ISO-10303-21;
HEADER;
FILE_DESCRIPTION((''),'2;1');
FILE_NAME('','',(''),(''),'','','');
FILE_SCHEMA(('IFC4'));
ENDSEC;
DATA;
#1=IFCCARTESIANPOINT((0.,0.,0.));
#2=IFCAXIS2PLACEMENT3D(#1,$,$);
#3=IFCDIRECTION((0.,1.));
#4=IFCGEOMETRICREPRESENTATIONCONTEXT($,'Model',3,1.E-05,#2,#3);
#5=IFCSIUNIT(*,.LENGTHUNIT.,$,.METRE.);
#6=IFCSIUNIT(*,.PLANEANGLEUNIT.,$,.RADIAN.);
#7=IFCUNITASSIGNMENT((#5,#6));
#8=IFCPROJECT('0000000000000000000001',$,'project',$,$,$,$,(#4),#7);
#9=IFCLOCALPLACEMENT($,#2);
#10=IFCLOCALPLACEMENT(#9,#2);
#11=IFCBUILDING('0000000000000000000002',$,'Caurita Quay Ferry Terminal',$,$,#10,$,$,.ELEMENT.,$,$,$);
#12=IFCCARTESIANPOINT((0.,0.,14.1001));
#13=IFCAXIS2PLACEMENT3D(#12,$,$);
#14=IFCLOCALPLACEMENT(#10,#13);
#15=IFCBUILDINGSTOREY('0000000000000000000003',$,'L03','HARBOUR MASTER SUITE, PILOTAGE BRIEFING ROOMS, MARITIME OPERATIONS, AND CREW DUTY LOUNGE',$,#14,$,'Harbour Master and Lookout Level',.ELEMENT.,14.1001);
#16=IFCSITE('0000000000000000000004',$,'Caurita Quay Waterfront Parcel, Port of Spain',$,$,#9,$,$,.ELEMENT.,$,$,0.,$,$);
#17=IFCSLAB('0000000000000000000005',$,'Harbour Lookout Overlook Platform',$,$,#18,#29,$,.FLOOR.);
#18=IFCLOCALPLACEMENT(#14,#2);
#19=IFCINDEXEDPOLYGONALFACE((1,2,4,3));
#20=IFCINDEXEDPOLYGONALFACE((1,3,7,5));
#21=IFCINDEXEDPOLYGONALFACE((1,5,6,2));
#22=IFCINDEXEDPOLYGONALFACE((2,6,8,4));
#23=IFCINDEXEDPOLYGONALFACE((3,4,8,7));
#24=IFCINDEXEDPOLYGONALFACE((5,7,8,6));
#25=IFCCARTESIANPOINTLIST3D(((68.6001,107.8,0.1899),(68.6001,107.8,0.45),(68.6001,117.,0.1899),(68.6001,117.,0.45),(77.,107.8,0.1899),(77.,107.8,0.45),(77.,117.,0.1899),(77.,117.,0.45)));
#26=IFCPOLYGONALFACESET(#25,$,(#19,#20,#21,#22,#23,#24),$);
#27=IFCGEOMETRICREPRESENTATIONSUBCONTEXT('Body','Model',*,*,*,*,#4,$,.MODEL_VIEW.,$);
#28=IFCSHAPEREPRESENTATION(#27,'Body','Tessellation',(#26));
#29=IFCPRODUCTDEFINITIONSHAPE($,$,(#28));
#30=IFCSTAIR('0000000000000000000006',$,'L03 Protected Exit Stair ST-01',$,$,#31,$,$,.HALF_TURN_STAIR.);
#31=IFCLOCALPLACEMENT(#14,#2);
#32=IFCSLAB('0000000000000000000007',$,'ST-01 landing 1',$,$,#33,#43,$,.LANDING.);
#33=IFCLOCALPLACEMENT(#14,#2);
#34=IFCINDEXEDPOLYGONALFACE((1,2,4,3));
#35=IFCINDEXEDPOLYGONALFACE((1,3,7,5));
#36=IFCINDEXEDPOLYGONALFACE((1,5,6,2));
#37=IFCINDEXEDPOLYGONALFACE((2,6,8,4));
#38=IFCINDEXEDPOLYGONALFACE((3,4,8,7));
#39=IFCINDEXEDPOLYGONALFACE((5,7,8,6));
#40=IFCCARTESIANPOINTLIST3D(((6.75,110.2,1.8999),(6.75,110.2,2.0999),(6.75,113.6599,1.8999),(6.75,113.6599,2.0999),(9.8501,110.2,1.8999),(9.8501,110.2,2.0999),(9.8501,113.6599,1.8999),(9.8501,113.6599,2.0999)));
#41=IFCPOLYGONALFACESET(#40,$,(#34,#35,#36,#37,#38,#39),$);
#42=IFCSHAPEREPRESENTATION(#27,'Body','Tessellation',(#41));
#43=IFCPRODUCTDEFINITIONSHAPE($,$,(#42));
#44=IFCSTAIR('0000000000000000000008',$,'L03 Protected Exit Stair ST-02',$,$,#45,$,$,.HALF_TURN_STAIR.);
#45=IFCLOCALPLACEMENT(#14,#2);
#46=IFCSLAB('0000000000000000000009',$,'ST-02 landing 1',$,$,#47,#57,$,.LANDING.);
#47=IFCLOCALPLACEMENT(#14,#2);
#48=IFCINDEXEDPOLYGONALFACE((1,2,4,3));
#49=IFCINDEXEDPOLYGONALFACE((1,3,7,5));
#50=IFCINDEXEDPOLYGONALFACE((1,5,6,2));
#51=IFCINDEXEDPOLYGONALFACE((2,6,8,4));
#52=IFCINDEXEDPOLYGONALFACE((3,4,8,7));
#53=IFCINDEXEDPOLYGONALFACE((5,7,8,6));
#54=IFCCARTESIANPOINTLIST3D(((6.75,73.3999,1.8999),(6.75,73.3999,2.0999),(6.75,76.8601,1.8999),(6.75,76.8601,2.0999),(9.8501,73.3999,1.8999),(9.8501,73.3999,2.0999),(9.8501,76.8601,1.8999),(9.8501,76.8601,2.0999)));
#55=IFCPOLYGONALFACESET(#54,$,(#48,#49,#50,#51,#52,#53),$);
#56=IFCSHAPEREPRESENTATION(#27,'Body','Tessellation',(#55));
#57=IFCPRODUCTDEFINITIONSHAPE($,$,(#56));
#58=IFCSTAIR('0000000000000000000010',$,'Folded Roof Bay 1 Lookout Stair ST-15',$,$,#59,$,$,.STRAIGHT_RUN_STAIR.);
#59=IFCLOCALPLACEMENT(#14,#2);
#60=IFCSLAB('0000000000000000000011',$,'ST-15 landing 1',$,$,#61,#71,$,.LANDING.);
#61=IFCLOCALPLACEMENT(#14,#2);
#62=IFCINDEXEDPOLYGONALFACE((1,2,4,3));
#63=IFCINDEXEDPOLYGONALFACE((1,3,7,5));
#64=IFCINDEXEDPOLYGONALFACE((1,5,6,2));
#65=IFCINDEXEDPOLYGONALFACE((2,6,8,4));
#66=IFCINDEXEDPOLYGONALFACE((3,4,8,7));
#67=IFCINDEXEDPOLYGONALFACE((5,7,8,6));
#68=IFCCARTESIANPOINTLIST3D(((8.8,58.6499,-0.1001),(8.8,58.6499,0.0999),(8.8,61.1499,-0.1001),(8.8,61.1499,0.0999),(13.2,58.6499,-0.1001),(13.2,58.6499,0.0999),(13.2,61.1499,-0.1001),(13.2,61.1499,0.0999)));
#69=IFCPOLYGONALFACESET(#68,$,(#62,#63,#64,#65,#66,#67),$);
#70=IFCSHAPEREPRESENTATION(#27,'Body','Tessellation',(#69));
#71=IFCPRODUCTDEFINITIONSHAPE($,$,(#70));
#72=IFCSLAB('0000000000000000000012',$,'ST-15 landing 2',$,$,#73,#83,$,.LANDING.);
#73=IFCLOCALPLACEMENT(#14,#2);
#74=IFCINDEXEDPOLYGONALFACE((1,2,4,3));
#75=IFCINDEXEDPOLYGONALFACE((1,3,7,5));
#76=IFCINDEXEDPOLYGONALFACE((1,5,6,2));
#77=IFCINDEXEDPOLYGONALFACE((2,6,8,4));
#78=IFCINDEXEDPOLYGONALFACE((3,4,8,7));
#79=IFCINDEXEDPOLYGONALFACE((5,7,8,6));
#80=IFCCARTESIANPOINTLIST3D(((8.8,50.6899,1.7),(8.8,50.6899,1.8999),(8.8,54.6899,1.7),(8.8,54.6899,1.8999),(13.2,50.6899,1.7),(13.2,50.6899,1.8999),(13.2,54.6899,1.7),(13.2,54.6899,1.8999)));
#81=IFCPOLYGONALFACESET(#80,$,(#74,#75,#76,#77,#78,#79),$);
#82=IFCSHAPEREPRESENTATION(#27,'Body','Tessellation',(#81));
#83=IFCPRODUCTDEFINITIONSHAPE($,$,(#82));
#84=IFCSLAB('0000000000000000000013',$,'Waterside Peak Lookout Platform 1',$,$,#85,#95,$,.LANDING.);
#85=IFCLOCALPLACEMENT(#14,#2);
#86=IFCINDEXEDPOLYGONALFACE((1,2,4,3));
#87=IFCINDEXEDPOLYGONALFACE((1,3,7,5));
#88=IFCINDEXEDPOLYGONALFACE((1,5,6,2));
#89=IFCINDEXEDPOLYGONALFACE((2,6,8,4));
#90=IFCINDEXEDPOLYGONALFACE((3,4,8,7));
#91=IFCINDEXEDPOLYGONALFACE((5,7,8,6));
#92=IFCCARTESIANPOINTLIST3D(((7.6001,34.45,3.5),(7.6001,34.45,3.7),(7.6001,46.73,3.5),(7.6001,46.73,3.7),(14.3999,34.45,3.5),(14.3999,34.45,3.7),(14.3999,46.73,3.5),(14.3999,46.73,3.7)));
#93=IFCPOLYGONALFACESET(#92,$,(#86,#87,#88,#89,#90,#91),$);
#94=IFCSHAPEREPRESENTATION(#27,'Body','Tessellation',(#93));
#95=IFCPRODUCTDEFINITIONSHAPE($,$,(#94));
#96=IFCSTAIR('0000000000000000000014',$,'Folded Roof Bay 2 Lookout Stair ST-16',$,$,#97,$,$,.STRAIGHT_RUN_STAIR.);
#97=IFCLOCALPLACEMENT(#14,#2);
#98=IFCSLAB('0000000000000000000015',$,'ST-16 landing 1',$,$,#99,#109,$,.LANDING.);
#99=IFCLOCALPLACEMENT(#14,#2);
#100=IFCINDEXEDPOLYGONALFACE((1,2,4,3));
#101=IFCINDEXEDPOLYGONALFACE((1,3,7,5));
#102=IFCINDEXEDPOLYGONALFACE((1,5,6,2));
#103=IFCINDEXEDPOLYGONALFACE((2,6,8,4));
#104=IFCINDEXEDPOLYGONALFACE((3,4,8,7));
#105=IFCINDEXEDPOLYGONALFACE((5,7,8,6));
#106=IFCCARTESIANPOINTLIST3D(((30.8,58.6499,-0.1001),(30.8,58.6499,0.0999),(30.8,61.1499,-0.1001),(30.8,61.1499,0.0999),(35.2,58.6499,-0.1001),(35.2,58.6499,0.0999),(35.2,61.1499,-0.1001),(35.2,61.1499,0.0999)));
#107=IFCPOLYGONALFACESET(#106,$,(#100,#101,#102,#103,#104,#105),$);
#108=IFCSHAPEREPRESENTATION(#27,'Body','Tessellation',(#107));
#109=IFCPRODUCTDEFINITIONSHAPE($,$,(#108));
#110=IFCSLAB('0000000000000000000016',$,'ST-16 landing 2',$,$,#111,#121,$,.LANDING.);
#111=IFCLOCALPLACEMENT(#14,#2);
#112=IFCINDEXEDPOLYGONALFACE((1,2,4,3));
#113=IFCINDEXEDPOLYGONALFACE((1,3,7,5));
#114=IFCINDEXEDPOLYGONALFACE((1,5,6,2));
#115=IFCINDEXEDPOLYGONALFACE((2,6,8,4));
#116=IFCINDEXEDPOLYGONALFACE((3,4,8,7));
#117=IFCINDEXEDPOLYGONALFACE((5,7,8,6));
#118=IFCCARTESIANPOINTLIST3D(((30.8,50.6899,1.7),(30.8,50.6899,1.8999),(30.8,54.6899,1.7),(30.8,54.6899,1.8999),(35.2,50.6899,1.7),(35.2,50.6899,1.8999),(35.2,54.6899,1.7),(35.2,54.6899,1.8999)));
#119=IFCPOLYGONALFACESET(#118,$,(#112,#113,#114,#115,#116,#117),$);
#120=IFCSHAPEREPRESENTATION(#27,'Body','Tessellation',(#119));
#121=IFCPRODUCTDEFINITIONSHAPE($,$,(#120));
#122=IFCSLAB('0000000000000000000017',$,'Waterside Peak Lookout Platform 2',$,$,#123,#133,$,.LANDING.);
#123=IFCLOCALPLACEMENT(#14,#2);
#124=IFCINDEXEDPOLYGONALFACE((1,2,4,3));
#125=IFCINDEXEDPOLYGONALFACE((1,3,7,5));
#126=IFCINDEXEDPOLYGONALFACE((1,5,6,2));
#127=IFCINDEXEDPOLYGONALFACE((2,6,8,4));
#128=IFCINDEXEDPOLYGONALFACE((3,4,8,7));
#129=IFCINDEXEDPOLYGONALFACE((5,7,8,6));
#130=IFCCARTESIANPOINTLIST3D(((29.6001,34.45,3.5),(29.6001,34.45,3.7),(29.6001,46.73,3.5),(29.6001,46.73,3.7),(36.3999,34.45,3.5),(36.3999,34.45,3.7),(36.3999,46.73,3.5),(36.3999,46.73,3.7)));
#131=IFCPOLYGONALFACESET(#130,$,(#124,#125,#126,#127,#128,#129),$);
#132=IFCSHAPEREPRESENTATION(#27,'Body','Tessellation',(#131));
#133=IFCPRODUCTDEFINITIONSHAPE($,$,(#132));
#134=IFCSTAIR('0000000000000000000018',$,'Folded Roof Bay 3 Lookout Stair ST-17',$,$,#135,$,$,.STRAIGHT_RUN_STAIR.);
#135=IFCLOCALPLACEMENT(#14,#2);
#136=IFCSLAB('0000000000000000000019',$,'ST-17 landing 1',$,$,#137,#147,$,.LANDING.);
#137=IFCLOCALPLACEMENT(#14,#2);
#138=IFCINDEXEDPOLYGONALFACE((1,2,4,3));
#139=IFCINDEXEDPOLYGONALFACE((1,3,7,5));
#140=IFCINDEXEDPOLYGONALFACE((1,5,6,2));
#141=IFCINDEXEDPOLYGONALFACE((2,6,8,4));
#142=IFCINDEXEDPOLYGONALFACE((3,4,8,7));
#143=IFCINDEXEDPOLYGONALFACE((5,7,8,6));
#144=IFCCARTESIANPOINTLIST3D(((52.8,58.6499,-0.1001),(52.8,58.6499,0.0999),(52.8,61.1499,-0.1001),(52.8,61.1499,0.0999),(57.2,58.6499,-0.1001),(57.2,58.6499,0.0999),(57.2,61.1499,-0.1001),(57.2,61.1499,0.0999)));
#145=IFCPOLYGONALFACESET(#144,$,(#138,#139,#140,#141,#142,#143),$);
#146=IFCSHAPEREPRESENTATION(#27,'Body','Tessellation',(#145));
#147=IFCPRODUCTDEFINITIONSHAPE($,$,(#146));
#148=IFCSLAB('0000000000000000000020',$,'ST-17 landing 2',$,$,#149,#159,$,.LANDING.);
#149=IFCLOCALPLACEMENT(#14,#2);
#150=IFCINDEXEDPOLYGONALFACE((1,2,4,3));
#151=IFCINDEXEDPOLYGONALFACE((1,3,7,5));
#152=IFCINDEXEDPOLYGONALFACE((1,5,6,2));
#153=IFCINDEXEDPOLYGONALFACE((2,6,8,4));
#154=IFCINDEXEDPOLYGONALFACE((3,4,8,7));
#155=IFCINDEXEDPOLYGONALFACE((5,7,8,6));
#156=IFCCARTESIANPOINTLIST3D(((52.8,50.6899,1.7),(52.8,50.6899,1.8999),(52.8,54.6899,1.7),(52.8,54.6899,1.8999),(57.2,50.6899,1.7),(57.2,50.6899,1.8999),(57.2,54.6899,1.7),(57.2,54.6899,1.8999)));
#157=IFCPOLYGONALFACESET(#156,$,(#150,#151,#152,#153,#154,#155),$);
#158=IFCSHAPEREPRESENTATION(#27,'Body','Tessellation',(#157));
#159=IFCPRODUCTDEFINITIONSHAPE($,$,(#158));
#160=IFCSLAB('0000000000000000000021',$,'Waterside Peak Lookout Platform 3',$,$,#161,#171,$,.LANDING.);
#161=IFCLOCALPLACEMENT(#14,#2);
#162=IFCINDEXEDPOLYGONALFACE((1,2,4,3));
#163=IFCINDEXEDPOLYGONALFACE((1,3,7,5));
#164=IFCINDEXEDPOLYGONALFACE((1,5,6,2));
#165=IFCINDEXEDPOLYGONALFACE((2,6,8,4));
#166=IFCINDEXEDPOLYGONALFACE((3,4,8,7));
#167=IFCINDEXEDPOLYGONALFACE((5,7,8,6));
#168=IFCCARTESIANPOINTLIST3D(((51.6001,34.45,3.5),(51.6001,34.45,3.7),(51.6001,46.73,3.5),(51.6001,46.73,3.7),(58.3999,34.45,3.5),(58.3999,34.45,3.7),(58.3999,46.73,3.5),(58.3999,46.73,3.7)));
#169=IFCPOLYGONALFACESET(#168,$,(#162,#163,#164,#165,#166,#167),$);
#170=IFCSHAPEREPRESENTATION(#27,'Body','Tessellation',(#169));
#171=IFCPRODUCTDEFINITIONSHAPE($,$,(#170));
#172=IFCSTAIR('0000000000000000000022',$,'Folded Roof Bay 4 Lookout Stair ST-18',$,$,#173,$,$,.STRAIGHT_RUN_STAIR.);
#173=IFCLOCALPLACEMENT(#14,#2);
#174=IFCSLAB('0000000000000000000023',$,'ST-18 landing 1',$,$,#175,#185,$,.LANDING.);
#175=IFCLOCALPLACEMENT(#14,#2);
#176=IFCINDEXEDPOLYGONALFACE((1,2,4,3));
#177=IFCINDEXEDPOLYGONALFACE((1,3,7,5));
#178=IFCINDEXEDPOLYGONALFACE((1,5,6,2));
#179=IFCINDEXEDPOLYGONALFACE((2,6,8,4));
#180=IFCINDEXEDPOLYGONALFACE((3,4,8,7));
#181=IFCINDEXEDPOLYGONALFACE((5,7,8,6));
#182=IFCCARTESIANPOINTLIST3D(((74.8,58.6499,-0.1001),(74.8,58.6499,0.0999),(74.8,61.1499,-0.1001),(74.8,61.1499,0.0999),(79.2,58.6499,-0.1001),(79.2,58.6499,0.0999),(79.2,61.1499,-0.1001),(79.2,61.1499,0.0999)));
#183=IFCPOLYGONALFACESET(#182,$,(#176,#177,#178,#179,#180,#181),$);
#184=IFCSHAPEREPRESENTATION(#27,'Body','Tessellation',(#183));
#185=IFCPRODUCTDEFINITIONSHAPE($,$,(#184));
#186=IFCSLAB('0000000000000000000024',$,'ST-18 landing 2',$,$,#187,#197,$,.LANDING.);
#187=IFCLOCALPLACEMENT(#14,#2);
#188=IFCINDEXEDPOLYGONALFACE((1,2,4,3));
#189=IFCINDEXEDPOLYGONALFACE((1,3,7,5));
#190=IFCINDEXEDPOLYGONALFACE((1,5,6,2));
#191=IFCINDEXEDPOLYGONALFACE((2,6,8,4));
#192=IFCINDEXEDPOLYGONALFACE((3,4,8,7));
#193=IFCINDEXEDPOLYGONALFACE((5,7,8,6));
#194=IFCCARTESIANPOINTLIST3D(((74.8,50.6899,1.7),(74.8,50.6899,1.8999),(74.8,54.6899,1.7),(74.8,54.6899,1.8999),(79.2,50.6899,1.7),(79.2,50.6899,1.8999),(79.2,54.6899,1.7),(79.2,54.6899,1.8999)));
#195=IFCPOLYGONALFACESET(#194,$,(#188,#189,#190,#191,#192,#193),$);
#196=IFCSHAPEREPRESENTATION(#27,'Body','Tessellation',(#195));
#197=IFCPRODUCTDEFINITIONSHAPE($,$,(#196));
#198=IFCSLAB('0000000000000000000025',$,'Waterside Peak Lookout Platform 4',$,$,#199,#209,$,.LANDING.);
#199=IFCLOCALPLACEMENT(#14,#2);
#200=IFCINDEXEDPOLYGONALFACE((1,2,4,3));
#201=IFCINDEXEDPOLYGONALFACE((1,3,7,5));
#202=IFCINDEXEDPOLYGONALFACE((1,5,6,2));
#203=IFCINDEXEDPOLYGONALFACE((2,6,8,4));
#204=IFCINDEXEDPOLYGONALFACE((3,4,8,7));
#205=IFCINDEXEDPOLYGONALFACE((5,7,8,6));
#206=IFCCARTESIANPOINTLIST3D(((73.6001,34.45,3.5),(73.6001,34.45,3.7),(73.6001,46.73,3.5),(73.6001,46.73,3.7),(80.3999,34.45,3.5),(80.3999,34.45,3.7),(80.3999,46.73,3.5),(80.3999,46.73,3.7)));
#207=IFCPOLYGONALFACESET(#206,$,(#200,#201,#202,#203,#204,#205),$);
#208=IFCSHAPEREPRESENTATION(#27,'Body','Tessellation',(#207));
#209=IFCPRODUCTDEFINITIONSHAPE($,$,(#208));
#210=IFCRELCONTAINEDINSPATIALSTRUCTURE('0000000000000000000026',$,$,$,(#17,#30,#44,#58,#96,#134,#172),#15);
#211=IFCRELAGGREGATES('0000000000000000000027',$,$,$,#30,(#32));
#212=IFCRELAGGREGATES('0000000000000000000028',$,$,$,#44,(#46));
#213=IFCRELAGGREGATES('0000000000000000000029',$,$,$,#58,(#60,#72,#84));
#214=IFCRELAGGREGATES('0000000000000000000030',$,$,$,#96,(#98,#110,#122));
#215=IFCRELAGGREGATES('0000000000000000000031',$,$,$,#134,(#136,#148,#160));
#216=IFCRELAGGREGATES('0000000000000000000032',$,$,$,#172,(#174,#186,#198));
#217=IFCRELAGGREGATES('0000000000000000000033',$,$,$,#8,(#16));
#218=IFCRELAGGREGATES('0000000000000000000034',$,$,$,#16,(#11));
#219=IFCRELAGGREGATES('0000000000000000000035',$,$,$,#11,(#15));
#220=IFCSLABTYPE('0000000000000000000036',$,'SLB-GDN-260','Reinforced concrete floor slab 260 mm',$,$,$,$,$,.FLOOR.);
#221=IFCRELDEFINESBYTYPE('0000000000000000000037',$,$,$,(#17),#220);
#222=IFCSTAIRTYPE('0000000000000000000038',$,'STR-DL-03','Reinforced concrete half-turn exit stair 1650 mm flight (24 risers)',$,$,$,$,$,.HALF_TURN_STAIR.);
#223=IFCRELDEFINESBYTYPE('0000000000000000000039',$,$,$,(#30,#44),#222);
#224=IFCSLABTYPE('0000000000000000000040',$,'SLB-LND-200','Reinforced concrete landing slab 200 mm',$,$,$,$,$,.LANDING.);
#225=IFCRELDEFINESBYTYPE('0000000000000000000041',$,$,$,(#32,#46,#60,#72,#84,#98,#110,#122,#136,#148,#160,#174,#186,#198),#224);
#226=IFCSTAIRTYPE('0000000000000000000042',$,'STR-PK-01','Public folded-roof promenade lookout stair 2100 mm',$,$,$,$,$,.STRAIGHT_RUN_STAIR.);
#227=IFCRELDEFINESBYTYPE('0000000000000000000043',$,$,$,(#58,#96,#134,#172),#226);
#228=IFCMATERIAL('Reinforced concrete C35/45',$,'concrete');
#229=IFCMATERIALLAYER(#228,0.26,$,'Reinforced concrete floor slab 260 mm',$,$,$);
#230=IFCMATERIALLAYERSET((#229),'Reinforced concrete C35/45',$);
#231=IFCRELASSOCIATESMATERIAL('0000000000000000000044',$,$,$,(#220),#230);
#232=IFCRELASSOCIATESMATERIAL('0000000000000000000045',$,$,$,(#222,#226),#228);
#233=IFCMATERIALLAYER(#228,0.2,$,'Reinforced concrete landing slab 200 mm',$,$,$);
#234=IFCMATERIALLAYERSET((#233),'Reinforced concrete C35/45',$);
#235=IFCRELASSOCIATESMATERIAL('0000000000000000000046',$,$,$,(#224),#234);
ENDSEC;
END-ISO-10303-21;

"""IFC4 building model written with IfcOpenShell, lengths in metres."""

from ifc_helpers import new_model, si_unit, direction, frame, origin, place, context, subcontext, project, spatial, polyline, outline, extrude, material, layer, layer_set, type_object, element, aggregate, save


model = new_model("IFC4")

# Units and contexts
model_context = context("Model", 3, precision=1e-05, world=origin(), true_north=direction((0.0, 1.0)))
body_context = subcontext(model_context, "Body", "Model", "MODEL_VIEW")
ifc_project = project(units=[si_unit("LENGTHUNIT", "METRE"), si_unit("PLANEANGLEUNIT", "RADIAN")], contexts=[model_context])

# Site, building, storey
site_placement = place(None, origin())
site = spatial("IfcSite", under=ifc_project, at=site_placement, Name="Caurita Quay Waterfront Parcel, Port of Spain", CompositionType="ELEMENT", RefElevation=0.0)
building_placement = place(site_placement, origin())
building = spatial("IfcBuilding", under=site, at=building_placement, Name="Caurita Quay Ferry Terminal", CompositionType="ELEMENT")
storey_placement = place(building_placement, frame((0.0, 0.0, 14.1001)))
storey = spatial("IfcBuildingStorey", under=building, at=storey_placement, Name="L03", Description="HARBOUR MASTER SUITE, PILOTAGE BRIEFING ROOMS, MARITIME OPERATIONS, AND CREW DUTY LOUNGE", LongName="Harbour Master and Lookout Level", CompositionType="ELEMENT", Elevation=14.1001)

# Slab
ifc_material_1 = material(Name="Reinforced concrete C35/45", Category="concrete")
ifc_layer_1 = layer(ifc_material_1, 0.26, Name="Reinforced concrete floor slab 260 mm")
ifc_layer_set_1 = layer_set([ifc_layer_1], Name="Reinforced concrete C35/45")
slab_type_1 = type_object("IfcSlabType", Name="SLB-GDN-260", Description="Reinforced concrete floor slab 260 mm", PredefinedType="FLOOR", material=ifc_layer_set_1)
slab_1_placement = place(storey_placement, frame((0.0, 0.0, 0.1899)))
element("IfcSlab", 1, at=slab_1_placement, inside=storey, type_object=slab_type_1, Name="Harbour Lookout Overlook Platform", PredefinedType="FLOOR", context=body_context, shape_type="SweptSolid", body=[
    extrude(outline(polyline([(68.6001, 107.8), (77.0, 107.8), (77.0, 117.0), (68.6001, 117.0), (68.6001, 107.8)])), origin(), (0.0, 0.0, 1.0), 0.26),
])

# Stairs, slabs
stair_type_1 = type_object("IfcStairType", Name="STR-DL-03", Description="Reinforced concrete half-turn exit stair 1650 mm flight (24 risers)", PredefinedType="HALF_TURN_STAIR", material=ifc_material_1)
stair_1_placement = place(storey_placement, origin())
stair_1 = element("IfcStair", 2, at=stair_1_placement, inside=storey, type_object=stair_type_1, Name="L03 Protected Exit Stair ST-01", PredefinedType="HALF_TURN_STAIR")
ifc_layer_2 = layer(ifc_material_1, 0.2, Name="Reinforced concrete landing slab 200 mm")
ifc_layer_set_2 = layer_set([ifc_layer_2], Name="Reinforced concrete C35/45")
slab_type_2 = type_object("IfcSlabType", Name="SLB-LND-200", Description="Reinforced concrete landing slab 200 mm", PredefinedType="LANDING", material=ifc_layer_set_2)
slab_2_placement = place(storey_placement, frame((0.0, 0.0, 1.8999)))
slab_2 = element("IfcSlab", 3, at=slab_2_placement, type_object=slab_type_2, Name="ST-01 landing 1", PredefinedType="LANDING", context=body_context, shape_type="SweptSolid", body=[
    extrude(outline(polyline([(6.75, 110.2), (9.8501, 110.2), (9.8501, 113.6599), (6.75, 113.6599), (6.75, 110.2)])), origin(), (0.0, 0.0, 1.0), 0.2),
])
aggregate(stair_1, [slab_2])
stair_2_placement = place(storey_placement, origin())
stair_2 = element("IfcStair", 4, at=stair_2_placement, inside=storey, type_object=stair_type_1, Name="L03 Protected Exit Stair ST-02", PredefinedType="HALF_TURN_STAIR")
slab_3_placement = place(storey_placement, frame((0.0, 0.0, 1.8999)))
slab_3 = element("IfcSlab", 5, at=slab_3_placement, type_object=slab_type_2, Name="ST-02 landing 1", PredefinedType="LANDING", context=body_context, shape_type="SweptSolid", body=[
    extrude(outline(polyline([(6.75, 73.3999), (9.8501, 73.3999), (9.8501, 76.8601), (6.75, 76.8601), (6.75, 73.3999)])), origin(), (0.0, 0.0, 1.0), 0.2),
])
aggregate(stair_2, [slab_3])

# Stairs, slabs
stair_type_2 = type_object("IfcStairType", Name="STR-PK-01", Description="Public folded-roof promenade lookout stair 2100 mm", PredefinedType="STRAIGHT_RUN_STAIR", material=ifc_material_1)
stair_3_placement = place(storey_placement, origin())
stair_3 = element("IfcStair", 6, at=stair_3_placement, inside=storey, type_object=stair_type_2, Name="Folded Roof Bay 1 Lookout Stair ST-15", PredefinedType="STRAIGHT_RUN_STAIR")
slab_4_placement = place(storey_placement, frame((0.0, 0.0, -0.1001)))
slab_4 = element("IfcSlab", 7, at=slab_4_placement, type_object=slab_type_2, Name="ST-15 landing 1", PredefinedType="LANDING", context=body_context, shape_type="SweptSolid", body=[
    extrude(outline(polyline([(8.8, 58.6499), (13.2, 58.6499), (13.2, 61.1499), (8.8, 61.1499), (8.8, 58.6499)])), origin(), (0.0, 0.0, 1.0), 0.2),
])
slab_5_placement = place(storey_placement, frame((0.0, 0.0, 1.7)))
slab_5 = element("IfcSlab", 8, at=slab_5_placement, type_object=slab_type_2, Name="ST-15 landing 2", PredefinedType="LANDING", context=body_context, shape_type="SweptSolid", body=[
    extrude(outline(polyline([(8.8, 50.6899), (13.2, 50.6899), (13.2, 54.6899), (8.8, 54.6899), (8.8, 50.6899)])), origin(), (0.0, 0.0, 1.0), 0.2),
])
slab_6_placement = place(storey_placement, frame((0.0, 0.0, 3.5)))
slab_6 = element("IfcSlab", 9, at=slab_6_placement, type_object=slab_type_2, Name="Waterside Peak Lookout Platform 1", PredefinedType="LANDING", context=body_context, shape_type="SweptSolid", body=[
    extrude(outline(polyline([(7.6001, 34.45), (14.3999, 34.45), (14.3999, 46.73), (7.6001, 46.73), (7.6001, 34.45)])), origin(), (0.0, 0.0, 1.0), 0.2),
])
aggregate(stair_3, [slab_4, slab_5, slab_6])
stair_4_placement = place(storey_placement, origin())
stair_4 = element("IfcStair", 10, at=stair_4_placement, inside=storey, type_object=stair_type_2, Name="Folded Roof Bay 2 Lookout Stair ST-16", PredefinedType="STRAIGHT_RUN_STAIR")
slab_7_placement = place(storey_placement, frame((0.0, 0.0, -0.1001)))
slab_7 = element("IfcSlab", 11, at=slab_7_placement, type_object=slab_type_2, Name="ST-16 landing 1", PredefinedType="LANDING", context=body_context, shape_type="SweptSolid", body=[
    extrude(outline(polyline([(30.8, 58.6499), (35.2, 58.6499), (35.2, 61.1499), (30.8, 61.1499), (30.8, 58.6499)])), origin(), (0.0, 0.0, 1.0), 0.2),
])
slab_8_placement = place(storey_placement, frame((0.0, 0.0, 1.7)))
slab_8 = element("IfcSlab", 12, at=slab_8_placement, type_object=slab_type_2, Name="ST-16 landing 2", PredefinedType="LANDING", context=body_context, shape_type="SweptSolid", body=[
    extrude(outline(polyline([(30.8, 50.6899), (35.2, 50.6899), (35.2, 54.6899), (30.8, 54.6899), (30.8, 50.6899)])), origin(), (0.0, 0.0, 1.0), 0.2),
])
slab_9_placement = place(storey_placement, frame((0.0, 0.0, 3.5)))
slab_9 = element("IfcSlab", 13, at=slab_9_placement, type_object=slab_type_2, Name="Waterside Peak Lookout Platform 2", PredefinedType="LANDING", context=body_context, shape_type="SweptSolid", body=[
    extrude(outline(polyline([(29.6001, 34.45), (36.3999, 34.45), (36.3999, 46.73), (29.6001, 46.73), (29.6001, 34.45)])), origin(), (0.0, 0.0, 1.0), 0.2),
])
aggregate(stair_4, [slab_7, slab_8, slab_9])
stair_5_placement = place(storey_placement, origin())
stair_5 = element("IfcStair", 14, at=stair_5_placement, inside=storey, type_object=stair_type_2, Name="Folded Roof Bay 3 Lookout Stair ST-17", PredefinedType="STRAIGHT_RUN_STAIR")
slab_10_placement = place(storey_placement, frame((0.0, 0.0, -0.1001)))
slab_10 = element("IfcSlab", 15, at=slab_10_placement, type_object=slab_type_2, Name="ST-17 landing 1", PredefinedType="LANDING", context=body_context, shape_type="SweptSolid", body=[
    extrude(outline(polyline([(52.8, 58.6499), (57.2, 58.6499), (57.2, 61.1499), (52.8, 61.1499), (52.8, 58.6499)])), origin(), (0.0, 0.0, 1.0), 0.2),
])
slab_11_placement = place(storey_placement, frame((0.0, 0.0, 1.7)))
slab_11 = element("IfcSlab", 16, at=slab_11_placement, type_object=slab_type_2, Name="ST-17 landing 2", PredefinedType="LANDING", context=body_context, shape_type="SweptSolid", body=[
    extrude(outline(polyline([(52.8, 50.6899), (57.2, 50.6899), (57.2, 54.6899), (52.8, 54.6899), (52.8, 50.6899)])), origin(), (0.0, 0.0, 1.0), 0.2),
])
slab_12_placement = place(storey_placement, frame((0.0, 0.0, 3.5)))
slab_12 = element("IfcSlab", 17, at=slab_12_placement, type_object=slab_type_2, Name="Waterside Peak Lookout Platform 3", PredefinedType="LANDING", context=body_context, shape_type="SweptSolid", body=[
    extrude(outline(polyline([(51.6001, 34.45), (58.3999, 34.45), (58.3999, 46.73), (51.6001, 46.73), (51.6001, 34.45)])), origin(), (0.0, 0.0, 1.0), 0.2),
])
aggregate(stair_5, [slab_10, slab_11, slab_12])
stair_6_placement = place(storey_placement, origin())
stair_6 = element("IfcStair", 18, at=stair_6_placement, inside=storey, type_object=stair_type_2, Name="Folded Roof Bay 4 Lookout Stair ST-18", PredefinedType="STRAIGHT_RUN_STAIR")
slab_13_placement = place(storey_placement, frame((0.0, 0.0, -0.1001)))
slab_13 = element("IfcSlab", 19, at=slab_13_placement, type_object=slab_type_2, Name="ST-18 landing 1", PredefinedType="LANDING", context=body_context, shape_type="SweptSolid", body=[
    extrude(outline(polyline([(74.8, 58.6499), (79.2, 58.6499), (79.2, 61.1499), (74.8, 61.1499), (74.8, 58.6499)])), origin(), (0.0, 0.0, 1.0), 0.2),
])
slab_14_placement = place(storey_placement, frame((0.0, 0.0, 1.7)))
slab_14 = element("IfcSlab", 20, at=slab_14_placement, type_object=slab_type_2, Name="ST-18 landing 2", PredefinedType="LANDING", context=body_context, shape_type="SweptSolid", body=[
    extrude(outline(polyline([(74.8, 50.6899), (79.2, 50.6899), (79.2, 54.6899), (74.8, 54.6899), (74.8, 50.6899)])), origin(), (0.0, 0.0, 1.0), 0.2),
])
slab_15_placement = place(storey_placement, frame((0.0, 0.0, 3.5)))
slab_15 = element("IfcSlab", 21, at=slab_15_placement, type_object=slab_type_2, Name="Waterside Peak Lookout Platform 4", PredefinedType="LANDING", context=body_context, shape_type="SweptSolid", body=[
    extrude(outline(polyline([(73.6001, 34.45), (80.3999, 34.45), (80.3999, 46.73), (73.6001, 46.73), (73.6001, 34.45)])), origin(), (0.0, 0.0, 1.0), 0.2),
])
aggregate(stair_6, [slab_13, slab_14, slab_15])

save(model, "model.ifc")
